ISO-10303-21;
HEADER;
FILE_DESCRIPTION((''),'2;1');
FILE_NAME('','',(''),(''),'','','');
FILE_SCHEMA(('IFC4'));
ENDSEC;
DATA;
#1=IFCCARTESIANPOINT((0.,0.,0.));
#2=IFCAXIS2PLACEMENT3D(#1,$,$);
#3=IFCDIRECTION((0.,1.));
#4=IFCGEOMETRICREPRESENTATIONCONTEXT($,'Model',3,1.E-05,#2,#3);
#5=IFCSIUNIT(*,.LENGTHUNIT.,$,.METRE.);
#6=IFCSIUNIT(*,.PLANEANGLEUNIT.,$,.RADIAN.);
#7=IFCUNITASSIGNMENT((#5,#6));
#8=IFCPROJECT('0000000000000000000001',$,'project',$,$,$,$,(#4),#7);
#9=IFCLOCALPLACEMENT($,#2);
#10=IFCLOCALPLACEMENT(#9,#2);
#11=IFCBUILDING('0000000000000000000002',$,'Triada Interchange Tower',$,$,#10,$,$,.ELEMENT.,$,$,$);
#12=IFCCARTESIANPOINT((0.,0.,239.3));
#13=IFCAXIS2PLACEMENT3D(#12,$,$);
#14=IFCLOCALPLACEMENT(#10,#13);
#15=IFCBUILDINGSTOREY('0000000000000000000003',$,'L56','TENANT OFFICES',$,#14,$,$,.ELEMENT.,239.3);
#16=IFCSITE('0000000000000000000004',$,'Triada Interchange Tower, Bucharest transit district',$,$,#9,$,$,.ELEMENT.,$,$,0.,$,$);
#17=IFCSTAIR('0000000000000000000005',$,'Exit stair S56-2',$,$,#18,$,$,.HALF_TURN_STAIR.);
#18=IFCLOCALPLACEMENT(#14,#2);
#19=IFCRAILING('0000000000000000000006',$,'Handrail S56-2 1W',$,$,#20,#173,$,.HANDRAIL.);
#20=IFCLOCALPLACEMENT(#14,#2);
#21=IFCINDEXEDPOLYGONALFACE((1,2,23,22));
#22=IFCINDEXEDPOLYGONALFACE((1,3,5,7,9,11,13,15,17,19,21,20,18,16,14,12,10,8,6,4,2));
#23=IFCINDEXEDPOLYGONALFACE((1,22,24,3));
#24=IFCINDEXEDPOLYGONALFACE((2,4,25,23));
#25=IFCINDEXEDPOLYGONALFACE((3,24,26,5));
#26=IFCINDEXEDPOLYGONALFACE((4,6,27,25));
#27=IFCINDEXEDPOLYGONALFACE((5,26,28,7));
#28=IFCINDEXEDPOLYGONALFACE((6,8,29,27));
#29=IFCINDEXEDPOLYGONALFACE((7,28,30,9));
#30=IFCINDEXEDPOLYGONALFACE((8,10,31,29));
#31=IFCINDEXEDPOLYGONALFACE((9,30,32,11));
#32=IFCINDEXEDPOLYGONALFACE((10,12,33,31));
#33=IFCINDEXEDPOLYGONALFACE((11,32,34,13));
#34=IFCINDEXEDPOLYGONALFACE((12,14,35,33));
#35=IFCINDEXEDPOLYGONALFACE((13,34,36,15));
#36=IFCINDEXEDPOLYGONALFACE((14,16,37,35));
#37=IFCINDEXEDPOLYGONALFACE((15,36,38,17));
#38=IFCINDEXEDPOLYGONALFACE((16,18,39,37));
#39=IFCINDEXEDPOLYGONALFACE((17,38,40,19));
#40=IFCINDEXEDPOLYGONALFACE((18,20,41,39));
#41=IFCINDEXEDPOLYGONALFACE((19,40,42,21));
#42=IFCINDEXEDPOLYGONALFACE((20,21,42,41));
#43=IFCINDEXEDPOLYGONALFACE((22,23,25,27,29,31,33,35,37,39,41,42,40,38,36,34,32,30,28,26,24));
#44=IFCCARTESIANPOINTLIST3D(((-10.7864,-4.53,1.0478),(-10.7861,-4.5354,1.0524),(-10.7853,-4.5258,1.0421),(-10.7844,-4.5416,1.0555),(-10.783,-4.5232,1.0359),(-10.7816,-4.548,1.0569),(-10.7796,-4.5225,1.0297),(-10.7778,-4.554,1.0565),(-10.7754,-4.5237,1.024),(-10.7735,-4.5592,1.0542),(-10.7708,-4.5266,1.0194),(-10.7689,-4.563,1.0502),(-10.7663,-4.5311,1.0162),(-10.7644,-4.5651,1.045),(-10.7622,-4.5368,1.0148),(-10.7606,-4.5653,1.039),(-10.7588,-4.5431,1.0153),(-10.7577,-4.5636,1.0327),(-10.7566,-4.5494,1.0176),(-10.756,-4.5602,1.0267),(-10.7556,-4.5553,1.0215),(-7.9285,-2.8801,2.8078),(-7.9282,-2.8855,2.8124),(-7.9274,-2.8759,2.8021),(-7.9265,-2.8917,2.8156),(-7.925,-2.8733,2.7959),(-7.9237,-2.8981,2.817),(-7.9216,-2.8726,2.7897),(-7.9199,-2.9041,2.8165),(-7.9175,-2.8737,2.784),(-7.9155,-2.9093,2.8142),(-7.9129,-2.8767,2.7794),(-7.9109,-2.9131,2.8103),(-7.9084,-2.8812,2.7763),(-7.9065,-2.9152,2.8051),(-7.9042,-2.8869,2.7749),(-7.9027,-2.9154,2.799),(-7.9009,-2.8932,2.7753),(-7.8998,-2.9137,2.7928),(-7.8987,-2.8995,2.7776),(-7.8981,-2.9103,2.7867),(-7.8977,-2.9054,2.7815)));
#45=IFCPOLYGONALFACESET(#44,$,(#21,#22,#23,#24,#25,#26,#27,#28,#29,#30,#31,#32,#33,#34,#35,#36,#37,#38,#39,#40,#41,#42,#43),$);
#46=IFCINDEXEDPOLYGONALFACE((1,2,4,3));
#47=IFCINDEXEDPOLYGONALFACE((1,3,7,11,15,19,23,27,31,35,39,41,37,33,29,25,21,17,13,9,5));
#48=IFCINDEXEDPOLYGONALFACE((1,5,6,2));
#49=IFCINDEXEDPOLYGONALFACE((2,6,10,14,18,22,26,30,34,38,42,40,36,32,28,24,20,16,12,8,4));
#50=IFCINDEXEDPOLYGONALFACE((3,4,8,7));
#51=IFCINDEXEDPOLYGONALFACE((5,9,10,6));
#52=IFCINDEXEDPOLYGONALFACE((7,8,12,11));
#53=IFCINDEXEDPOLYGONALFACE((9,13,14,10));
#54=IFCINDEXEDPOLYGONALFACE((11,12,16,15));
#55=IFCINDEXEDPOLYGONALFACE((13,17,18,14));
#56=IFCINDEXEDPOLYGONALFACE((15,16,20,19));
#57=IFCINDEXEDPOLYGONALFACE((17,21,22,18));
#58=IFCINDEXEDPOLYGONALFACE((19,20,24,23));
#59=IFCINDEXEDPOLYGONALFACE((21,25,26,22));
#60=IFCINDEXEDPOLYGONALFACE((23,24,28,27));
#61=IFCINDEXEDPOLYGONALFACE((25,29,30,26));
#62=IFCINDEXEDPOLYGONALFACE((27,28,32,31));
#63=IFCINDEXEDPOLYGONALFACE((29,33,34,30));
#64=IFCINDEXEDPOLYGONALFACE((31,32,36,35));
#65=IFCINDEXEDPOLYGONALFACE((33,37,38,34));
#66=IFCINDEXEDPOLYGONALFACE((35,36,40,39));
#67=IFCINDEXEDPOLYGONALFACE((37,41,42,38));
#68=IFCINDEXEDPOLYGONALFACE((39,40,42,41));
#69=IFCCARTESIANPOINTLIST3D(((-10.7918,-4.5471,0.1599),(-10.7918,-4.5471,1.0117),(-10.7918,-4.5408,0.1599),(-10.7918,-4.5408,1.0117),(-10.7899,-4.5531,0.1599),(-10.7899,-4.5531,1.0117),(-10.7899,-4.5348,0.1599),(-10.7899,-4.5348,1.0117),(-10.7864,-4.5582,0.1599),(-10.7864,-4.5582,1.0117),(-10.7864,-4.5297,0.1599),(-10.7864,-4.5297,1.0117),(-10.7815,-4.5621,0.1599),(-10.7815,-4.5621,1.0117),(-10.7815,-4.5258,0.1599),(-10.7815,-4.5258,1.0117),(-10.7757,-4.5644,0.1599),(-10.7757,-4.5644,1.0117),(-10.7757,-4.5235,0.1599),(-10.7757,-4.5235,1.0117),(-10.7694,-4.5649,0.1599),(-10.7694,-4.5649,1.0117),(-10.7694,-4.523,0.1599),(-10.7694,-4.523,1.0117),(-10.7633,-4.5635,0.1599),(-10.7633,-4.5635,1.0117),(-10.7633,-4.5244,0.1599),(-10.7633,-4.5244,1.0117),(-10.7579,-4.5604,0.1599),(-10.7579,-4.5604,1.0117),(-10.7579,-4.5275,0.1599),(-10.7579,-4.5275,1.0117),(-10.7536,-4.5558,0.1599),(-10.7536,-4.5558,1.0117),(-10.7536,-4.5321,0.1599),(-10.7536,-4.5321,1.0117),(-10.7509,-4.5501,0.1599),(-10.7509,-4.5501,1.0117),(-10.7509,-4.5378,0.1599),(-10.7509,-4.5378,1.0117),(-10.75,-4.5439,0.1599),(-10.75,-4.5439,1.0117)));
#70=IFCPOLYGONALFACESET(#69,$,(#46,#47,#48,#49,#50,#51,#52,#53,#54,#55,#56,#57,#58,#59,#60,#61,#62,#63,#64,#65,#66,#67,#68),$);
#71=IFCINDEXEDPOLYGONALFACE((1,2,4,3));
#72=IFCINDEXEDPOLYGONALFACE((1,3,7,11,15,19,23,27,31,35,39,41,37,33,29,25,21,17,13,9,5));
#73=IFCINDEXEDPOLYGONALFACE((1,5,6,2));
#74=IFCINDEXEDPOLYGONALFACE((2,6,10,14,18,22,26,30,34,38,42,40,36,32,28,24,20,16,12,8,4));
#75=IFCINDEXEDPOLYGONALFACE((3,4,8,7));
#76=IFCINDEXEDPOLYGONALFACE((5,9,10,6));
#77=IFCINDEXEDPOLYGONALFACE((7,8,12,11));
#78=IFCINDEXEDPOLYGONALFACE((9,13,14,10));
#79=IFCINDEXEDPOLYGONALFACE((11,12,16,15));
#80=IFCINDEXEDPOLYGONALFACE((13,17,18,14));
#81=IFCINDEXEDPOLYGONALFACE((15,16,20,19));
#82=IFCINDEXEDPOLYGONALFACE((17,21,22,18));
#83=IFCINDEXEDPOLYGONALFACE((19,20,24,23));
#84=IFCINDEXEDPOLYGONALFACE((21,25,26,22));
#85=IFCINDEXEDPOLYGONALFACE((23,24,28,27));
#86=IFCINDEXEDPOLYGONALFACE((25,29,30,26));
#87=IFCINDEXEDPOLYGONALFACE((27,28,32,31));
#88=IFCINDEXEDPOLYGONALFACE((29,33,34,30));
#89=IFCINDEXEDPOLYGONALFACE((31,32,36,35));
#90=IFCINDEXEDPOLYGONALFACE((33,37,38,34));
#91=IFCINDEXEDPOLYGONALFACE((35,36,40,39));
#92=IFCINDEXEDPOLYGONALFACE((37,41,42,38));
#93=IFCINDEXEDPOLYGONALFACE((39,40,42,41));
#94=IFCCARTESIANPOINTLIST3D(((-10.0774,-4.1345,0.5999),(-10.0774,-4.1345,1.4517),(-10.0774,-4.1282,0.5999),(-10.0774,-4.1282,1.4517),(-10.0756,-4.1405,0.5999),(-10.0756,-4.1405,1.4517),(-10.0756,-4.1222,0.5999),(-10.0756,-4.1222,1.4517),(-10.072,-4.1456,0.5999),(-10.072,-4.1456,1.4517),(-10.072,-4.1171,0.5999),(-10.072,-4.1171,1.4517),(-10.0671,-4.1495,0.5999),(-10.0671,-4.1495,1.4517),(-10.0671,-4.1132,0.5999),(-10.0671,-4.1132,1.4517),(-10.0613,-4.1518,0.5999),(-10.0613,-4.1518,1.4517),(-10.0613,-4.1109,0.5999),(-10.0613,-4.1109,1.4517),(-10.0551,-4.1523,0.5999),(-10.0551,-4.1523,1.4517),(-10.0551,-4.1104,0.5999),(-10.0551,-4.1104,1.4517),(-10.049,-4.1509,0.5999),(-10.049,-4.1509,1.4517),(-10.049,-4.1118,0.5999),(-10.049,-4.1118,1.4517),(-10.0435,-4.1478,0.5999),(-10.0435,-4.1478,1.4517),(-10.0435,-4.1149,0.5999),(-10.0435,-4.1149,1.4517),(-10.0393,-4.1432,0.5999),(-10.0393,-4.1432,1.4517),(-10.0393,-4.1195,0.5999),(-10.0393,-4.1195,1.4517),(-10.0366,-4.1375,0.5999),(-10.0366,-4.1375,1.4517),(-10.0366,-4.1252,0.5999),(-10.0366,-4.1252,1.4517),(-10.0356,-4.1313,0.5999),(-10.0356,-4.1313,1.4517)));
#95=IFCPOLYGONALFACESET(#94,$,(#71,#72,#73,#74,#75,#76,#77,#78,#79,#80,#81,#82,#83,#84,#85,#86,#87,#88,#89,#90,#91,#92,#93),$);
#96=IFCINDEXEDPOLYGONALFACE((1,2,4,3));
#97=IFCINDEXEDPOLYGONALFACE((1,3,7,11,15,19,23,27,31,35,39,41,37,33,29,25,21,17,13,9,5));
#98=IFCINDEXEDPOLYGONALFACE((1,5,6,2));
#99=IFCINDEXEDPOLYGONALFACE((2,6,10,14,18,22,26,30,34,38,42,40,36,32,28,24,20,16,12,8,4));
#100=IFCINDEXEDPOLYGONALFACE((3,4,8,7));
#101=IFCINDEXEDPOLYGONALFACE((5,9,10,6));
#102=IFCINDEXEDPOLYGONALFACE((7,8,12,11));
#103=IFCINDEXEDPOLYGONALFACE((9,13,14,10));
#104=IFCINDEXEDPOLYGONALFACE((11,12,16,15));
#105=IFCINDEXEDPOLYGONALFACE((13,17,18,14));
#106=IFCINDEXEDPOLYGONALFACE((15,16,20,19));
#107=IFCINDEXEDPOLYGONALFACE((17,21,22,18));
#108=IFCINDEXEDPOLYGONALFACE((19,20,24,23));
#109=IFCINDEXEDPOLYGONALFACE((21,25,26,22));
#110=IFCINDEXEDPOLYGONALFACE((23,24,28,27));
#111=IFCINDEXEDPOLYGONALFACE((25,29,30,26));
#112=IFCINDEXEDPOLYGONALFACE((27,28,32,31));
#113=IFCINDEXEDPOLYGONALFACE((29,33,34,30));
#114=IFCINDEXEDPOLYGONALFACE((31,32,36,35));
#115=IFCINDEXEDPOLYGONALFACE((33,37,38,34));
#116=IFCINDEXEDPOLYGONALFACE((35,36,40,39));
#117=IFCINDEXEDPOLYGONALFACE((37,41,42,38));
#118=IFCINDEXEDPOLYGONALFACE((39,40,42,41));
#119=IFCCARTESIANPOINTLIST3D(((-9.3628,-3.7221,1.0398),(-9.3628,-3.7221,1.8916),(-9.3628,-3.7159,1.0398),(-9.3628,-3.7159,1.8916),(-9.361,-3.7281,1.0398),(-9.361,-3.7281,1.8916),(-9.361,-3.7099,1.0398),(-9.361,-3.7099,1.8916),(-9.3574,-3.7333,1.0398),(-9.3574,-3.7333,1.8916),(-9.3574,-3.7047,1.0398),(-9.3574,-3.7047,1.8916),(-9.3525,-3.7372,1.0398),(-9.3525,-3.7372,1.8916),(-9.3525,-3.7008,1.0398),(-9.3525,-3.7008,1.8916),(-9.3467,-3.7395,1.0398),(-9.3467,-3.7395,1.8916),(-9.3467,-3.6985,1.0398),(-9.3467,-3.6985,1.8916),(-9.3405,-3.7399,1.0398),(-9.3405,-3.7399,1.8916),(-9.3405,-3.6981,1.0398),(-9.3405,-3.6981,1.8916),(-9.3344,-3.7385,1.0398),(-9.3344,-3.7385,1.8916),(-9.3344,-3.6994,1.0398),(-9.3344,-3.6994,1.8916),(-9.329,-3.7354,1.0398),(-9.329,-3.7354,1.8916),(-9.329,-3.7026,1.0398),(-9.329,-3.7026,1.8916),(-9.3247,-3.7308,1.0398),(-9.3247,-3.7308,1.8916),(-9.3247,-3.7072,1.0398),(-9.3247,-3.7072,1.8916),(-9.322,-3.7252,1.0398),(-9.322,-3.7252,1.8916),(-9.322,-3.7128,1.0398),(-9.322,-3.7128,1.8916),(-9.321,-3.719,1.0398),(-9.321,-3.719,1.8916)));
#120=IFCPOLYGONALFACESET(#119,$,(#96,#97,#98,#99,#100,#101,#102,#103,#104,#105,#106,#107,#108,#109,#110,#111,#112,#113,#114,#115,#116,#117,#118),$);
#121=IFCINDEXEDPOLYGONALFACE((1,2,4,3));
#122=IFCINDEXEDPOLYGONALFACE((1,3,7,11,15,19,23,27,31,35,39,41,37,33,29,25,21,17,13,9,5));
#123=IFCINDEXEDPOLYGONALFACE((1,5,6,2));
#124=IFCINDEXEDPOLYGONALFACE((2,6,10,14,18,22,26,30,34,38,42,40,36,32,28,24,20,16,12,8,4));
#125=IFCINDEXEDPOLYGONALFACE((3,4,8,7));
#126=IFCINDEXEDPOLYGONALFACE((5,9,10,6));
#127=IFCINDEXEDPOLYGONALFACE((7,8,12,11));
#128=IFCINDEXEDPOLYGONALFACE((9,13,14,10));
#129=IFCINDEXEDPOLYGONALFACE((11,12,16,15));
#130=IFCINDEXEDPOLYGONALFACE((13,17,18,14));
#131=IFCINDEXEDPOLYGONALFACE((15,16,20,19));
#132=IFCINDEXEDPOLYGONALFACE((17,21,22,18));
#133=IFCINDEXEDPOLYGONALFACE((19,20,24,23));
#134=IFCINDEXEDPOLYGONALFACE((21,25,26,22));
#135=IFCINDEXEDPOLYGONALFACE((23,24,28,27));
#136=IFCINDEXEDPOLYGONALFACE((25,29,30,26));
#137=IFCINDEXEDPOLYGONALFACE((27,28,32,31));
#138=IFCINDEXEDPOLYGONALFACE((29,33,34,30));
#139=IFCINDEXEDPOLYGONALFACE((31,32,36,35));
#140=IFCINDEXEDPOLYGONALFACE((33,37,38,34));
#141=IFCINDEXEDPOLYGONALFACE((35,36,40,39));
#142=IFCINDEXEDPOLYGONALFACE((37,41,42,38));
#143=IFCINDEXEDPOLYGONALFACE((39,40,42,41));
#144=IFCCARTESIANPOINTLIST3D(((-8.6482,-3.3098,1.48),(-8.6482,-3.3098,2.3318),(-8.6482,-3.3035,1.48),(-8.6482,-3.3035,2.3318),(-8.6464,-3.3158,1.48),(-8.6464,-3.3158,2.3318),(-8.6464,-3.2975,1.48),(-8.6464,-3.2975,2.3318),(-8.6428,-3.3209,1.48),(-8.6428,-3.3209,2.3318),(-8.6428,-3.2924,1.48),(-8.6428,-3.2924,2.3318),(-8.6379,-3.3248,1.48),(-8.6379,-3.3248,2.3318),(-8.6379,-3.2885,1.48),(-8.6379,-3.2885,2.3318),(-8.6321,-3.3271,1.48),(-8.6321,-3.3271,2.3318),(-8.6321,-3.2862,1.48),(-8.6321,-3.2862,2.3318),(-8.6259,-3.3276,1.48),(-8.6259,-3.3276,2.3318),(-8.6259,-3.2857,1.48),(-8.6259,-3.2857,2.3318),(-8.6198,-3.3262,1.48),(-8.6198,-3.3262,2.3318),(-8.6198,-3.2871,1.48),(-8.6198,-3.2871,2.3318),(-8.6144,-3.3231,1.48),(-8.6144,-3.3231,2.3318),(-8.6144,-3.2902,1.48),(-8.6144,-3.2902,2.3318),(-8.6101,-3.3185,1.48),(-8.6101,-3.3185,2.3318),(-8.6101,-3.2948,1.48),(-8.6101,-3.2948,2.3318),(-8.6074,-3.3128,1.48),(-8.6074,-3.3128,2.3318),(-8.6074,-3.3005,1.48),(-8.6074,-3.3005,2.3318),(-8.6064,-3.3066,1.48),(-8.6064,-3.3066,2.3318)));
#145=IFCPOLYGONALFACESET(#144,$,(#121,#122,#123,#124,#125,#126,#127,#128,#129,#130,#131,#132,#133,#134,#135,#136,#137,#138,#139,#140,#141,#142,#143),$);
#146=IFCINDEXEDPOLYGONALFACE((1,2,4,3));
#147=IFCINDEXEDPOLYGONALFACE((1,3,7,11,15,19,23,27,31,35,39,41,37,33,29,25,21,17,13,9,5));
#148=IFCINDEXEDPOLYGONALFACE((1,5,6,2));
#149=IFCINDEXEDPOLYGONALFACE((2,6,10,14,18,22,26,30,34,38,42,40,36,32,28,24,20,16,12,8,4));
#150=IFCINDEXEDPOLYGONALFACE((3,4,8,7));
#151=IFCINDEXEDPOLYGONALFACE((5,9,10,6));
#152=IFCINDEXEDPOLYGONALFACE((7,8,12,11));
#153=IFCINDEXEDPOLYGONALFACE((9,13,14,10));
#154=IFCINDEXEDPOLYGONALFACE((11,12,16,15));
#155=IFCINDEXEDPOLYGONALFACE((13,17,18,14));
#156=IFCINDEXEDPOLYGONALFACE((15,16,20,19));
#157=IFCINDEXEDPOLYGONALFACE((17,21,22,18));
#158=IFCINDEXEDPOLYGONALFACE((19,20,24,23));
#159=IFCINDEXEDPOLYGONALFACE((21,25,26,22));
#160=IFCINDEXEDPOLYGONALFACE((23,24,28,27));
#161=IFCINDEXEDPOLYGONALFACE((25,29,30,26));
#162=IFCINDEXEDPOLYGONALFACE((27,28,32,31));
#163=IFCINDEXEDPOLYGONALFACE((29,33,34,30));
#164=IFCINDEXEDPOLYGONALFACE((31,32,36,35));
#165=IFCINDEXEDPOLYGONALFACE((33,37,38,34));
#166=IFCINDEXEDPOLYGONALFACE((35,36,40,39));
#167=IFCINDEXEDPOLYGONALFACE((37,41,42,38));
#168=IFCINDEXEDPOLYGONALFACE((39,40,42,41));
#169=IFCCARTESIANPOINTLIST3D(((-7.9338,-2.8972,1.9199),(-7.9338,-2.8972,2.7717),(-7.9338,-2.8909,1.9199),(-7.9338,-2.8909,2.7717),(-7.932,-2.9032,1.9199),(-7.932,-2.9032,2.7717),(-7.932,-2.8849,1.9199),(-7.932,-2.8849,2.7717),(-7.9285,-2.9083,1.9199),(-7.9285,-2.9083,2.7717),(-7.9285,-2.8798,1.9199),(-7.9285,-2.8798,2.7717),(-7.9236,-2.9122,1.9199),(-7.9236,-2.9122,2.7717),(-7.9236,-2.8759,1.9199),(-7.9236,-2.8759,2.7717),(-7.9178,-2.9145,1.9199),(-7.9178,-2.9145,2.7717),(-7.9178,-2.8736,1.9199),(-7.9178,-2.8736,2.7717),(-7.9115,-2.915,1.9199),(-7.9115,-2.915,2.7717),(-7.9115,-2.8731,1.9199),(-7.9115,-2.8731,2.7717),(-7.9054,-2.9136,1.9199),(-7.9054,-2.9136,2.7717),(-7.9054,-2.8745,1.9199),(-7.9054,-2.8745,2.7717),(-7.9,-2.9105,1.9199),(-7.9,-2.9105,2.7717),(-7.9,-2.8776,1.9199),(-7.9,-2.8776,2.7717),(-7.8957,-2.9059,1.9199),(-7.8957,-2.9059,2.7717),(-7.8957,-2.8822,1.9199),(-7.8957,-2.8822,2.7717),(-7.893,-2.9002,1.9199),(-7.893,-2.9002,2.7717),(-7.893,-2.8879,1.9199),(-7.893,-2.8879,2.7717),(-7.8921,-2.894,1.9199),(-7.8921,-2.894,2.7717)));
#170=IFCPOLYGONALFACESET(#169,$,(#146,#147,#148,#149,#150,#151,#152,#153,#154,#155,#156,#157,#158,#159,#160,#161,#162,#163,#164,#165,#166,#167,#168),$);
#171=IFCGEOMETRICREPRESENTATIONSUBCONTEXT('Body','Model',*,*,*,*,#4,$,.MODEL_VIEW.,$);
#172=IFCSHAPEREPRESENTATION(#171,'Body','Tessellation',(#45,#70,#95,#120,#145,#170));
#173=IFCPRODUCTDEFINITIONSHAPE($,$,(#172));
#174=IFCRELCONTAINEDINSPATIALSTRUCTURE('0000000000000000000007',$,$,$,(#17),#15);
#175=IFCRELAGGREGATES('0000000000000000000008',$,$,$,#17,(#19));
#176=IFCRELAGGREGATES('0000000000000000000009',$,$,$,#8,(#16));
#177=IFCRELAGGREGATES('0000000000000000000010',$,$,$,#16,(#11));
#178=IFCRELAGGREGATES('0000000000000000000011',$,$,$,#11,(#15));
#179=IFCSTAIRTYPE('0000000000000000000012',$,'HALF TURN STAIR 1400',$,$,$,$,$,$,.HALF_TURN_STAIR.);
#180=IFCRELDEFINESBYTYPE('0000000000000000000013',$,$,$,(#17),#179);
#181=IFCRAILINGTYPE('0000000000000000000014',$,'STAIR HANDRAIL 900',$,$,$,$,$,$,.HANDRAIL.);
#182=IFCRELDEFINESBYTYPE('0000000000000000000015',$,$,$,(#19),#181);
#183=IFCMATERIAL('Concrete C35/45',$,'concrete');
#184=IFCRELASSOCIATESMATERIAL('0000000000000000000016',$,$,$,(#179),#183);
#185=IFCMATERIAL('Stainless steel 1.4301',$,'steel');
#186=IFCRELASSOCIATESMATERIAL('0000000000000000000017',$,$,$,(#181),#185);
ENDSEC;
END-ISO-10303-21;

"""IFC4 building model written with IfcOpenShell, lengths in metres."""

from ifc_helpers import new_model, si_unit, direction, frame, origin, origin_2d, place, context, subcontext, project, spatial, circle, extrude, material, type_object, element, aggregate, save


model = new_model("IFC4")

# Units and contexts
model_context = context("Model", 3, precision=1e-05, world=origin(), true_north=direction((0.0, 1.0)))
body_context = subcontext(model_context, "Body", "Model", "MODEL_VIEW")
ifc_project = project(units=[si_unit("LENGTHUNIT", "METRE"), si_unit("PLANEANGLEUNIT", "RADIAN")], contexts=[model_context])

# Site, building, storey
site_placement = place(None, origin())
site = spatial("IfcSite", under=ifc_project, at=site_placement, Name="Triada Interchange Tower, Bucharest transit district", CompositionType="ELEMENT", RefElevation=0.0)
building_placement = place(site_placement, origin())
building = spatial("IfcBuilding", under=site, at=building_placement, Name="Triada Interchange Tower", CompositionType="ELEMENT")
storey_placement = place(building_placement, frame((0.0, 0.0, 239.3)))
storey = spatial("IfcBuildingStorey", under=building, at=storey_placement, Name="L56", Description="TENANT OFFICES", CompositionType="ELEMENT", Elevation=239.3)

# Stair, railing
ifc_material_1 = material(Name="Concrete C35/45", Category="concrete")
stair_type = type_object("IfcStairType", Name="HALF TURN STAIR 1400", PredefinedType="HALF_TURN_STAIR", material=ifc_material_1)
stair_placement = place(storey_placement, origin())
stair = element("IfcStair", 1, at=stair_placement, inside=storey, type_object=stair_type, Name="Exit stair S56-2", PredefinedType="HALF_TURN_STAIR")
ifc_material_2 = material(Name="Stainless steel 1.4301", Category="steel")
railing_type = type_object("IfcRailingType", Name="STAIR HANDRAIL 900", PredefinedType="HANDRAIL", material=ifc_material_2)
railing_1_placement = place(storey_placement, frame((-10.771, -4.5439, 0.1599)))
railing_1 = element("IfcRailing", 2, at=railing_1_placement, type_object=railing_type, Name="Handrail S56-2 1W", PredefinedType="HANDRAIL", context=body_context, shape_type="SweptSolid", body=[
    extrude(circle(Radius=0.0239, at=origin_2d()), frame((0.0, 0.0, 0.876), z_axis=(0.764151, 0.441153, 0.470593), x_axis=(-0.499974, 0.86604, 0.0)), (0.0, 0.0, 1.0), 3.74),
    extrude(circle(Radius=0.021, at=origin_2d()), origin(), (0.0, 0.0, 1.0), 0.8518),
    extrude(circle(Radius=0.021, at=origin_2d()), frame((0.7144, 0.4126, 0.4399)), (0.0, 0.0, 1.0), 0.8518),
    extrude(circle(Radius=0.021, at=origin_2d()), frame((1.429, 0.825, 0.8799)), (0.0, 0.0, 1.0), 0.8518),
    extrude(circle(Radius=0.021, at=origin_2d()), frame((2.1436, 1.2373, 1.3201)), (0.0, 0.0, 1.0), 0.8518),
    extrude(circle(Radius=0.021, at=origin_2d()), frame((2.8579, 1.6499, 1.76)), (0.0, 0.0, 1.0), 0.8518),
])
aggregate(stair, [railing_1])

save(model, "model.ifc")
